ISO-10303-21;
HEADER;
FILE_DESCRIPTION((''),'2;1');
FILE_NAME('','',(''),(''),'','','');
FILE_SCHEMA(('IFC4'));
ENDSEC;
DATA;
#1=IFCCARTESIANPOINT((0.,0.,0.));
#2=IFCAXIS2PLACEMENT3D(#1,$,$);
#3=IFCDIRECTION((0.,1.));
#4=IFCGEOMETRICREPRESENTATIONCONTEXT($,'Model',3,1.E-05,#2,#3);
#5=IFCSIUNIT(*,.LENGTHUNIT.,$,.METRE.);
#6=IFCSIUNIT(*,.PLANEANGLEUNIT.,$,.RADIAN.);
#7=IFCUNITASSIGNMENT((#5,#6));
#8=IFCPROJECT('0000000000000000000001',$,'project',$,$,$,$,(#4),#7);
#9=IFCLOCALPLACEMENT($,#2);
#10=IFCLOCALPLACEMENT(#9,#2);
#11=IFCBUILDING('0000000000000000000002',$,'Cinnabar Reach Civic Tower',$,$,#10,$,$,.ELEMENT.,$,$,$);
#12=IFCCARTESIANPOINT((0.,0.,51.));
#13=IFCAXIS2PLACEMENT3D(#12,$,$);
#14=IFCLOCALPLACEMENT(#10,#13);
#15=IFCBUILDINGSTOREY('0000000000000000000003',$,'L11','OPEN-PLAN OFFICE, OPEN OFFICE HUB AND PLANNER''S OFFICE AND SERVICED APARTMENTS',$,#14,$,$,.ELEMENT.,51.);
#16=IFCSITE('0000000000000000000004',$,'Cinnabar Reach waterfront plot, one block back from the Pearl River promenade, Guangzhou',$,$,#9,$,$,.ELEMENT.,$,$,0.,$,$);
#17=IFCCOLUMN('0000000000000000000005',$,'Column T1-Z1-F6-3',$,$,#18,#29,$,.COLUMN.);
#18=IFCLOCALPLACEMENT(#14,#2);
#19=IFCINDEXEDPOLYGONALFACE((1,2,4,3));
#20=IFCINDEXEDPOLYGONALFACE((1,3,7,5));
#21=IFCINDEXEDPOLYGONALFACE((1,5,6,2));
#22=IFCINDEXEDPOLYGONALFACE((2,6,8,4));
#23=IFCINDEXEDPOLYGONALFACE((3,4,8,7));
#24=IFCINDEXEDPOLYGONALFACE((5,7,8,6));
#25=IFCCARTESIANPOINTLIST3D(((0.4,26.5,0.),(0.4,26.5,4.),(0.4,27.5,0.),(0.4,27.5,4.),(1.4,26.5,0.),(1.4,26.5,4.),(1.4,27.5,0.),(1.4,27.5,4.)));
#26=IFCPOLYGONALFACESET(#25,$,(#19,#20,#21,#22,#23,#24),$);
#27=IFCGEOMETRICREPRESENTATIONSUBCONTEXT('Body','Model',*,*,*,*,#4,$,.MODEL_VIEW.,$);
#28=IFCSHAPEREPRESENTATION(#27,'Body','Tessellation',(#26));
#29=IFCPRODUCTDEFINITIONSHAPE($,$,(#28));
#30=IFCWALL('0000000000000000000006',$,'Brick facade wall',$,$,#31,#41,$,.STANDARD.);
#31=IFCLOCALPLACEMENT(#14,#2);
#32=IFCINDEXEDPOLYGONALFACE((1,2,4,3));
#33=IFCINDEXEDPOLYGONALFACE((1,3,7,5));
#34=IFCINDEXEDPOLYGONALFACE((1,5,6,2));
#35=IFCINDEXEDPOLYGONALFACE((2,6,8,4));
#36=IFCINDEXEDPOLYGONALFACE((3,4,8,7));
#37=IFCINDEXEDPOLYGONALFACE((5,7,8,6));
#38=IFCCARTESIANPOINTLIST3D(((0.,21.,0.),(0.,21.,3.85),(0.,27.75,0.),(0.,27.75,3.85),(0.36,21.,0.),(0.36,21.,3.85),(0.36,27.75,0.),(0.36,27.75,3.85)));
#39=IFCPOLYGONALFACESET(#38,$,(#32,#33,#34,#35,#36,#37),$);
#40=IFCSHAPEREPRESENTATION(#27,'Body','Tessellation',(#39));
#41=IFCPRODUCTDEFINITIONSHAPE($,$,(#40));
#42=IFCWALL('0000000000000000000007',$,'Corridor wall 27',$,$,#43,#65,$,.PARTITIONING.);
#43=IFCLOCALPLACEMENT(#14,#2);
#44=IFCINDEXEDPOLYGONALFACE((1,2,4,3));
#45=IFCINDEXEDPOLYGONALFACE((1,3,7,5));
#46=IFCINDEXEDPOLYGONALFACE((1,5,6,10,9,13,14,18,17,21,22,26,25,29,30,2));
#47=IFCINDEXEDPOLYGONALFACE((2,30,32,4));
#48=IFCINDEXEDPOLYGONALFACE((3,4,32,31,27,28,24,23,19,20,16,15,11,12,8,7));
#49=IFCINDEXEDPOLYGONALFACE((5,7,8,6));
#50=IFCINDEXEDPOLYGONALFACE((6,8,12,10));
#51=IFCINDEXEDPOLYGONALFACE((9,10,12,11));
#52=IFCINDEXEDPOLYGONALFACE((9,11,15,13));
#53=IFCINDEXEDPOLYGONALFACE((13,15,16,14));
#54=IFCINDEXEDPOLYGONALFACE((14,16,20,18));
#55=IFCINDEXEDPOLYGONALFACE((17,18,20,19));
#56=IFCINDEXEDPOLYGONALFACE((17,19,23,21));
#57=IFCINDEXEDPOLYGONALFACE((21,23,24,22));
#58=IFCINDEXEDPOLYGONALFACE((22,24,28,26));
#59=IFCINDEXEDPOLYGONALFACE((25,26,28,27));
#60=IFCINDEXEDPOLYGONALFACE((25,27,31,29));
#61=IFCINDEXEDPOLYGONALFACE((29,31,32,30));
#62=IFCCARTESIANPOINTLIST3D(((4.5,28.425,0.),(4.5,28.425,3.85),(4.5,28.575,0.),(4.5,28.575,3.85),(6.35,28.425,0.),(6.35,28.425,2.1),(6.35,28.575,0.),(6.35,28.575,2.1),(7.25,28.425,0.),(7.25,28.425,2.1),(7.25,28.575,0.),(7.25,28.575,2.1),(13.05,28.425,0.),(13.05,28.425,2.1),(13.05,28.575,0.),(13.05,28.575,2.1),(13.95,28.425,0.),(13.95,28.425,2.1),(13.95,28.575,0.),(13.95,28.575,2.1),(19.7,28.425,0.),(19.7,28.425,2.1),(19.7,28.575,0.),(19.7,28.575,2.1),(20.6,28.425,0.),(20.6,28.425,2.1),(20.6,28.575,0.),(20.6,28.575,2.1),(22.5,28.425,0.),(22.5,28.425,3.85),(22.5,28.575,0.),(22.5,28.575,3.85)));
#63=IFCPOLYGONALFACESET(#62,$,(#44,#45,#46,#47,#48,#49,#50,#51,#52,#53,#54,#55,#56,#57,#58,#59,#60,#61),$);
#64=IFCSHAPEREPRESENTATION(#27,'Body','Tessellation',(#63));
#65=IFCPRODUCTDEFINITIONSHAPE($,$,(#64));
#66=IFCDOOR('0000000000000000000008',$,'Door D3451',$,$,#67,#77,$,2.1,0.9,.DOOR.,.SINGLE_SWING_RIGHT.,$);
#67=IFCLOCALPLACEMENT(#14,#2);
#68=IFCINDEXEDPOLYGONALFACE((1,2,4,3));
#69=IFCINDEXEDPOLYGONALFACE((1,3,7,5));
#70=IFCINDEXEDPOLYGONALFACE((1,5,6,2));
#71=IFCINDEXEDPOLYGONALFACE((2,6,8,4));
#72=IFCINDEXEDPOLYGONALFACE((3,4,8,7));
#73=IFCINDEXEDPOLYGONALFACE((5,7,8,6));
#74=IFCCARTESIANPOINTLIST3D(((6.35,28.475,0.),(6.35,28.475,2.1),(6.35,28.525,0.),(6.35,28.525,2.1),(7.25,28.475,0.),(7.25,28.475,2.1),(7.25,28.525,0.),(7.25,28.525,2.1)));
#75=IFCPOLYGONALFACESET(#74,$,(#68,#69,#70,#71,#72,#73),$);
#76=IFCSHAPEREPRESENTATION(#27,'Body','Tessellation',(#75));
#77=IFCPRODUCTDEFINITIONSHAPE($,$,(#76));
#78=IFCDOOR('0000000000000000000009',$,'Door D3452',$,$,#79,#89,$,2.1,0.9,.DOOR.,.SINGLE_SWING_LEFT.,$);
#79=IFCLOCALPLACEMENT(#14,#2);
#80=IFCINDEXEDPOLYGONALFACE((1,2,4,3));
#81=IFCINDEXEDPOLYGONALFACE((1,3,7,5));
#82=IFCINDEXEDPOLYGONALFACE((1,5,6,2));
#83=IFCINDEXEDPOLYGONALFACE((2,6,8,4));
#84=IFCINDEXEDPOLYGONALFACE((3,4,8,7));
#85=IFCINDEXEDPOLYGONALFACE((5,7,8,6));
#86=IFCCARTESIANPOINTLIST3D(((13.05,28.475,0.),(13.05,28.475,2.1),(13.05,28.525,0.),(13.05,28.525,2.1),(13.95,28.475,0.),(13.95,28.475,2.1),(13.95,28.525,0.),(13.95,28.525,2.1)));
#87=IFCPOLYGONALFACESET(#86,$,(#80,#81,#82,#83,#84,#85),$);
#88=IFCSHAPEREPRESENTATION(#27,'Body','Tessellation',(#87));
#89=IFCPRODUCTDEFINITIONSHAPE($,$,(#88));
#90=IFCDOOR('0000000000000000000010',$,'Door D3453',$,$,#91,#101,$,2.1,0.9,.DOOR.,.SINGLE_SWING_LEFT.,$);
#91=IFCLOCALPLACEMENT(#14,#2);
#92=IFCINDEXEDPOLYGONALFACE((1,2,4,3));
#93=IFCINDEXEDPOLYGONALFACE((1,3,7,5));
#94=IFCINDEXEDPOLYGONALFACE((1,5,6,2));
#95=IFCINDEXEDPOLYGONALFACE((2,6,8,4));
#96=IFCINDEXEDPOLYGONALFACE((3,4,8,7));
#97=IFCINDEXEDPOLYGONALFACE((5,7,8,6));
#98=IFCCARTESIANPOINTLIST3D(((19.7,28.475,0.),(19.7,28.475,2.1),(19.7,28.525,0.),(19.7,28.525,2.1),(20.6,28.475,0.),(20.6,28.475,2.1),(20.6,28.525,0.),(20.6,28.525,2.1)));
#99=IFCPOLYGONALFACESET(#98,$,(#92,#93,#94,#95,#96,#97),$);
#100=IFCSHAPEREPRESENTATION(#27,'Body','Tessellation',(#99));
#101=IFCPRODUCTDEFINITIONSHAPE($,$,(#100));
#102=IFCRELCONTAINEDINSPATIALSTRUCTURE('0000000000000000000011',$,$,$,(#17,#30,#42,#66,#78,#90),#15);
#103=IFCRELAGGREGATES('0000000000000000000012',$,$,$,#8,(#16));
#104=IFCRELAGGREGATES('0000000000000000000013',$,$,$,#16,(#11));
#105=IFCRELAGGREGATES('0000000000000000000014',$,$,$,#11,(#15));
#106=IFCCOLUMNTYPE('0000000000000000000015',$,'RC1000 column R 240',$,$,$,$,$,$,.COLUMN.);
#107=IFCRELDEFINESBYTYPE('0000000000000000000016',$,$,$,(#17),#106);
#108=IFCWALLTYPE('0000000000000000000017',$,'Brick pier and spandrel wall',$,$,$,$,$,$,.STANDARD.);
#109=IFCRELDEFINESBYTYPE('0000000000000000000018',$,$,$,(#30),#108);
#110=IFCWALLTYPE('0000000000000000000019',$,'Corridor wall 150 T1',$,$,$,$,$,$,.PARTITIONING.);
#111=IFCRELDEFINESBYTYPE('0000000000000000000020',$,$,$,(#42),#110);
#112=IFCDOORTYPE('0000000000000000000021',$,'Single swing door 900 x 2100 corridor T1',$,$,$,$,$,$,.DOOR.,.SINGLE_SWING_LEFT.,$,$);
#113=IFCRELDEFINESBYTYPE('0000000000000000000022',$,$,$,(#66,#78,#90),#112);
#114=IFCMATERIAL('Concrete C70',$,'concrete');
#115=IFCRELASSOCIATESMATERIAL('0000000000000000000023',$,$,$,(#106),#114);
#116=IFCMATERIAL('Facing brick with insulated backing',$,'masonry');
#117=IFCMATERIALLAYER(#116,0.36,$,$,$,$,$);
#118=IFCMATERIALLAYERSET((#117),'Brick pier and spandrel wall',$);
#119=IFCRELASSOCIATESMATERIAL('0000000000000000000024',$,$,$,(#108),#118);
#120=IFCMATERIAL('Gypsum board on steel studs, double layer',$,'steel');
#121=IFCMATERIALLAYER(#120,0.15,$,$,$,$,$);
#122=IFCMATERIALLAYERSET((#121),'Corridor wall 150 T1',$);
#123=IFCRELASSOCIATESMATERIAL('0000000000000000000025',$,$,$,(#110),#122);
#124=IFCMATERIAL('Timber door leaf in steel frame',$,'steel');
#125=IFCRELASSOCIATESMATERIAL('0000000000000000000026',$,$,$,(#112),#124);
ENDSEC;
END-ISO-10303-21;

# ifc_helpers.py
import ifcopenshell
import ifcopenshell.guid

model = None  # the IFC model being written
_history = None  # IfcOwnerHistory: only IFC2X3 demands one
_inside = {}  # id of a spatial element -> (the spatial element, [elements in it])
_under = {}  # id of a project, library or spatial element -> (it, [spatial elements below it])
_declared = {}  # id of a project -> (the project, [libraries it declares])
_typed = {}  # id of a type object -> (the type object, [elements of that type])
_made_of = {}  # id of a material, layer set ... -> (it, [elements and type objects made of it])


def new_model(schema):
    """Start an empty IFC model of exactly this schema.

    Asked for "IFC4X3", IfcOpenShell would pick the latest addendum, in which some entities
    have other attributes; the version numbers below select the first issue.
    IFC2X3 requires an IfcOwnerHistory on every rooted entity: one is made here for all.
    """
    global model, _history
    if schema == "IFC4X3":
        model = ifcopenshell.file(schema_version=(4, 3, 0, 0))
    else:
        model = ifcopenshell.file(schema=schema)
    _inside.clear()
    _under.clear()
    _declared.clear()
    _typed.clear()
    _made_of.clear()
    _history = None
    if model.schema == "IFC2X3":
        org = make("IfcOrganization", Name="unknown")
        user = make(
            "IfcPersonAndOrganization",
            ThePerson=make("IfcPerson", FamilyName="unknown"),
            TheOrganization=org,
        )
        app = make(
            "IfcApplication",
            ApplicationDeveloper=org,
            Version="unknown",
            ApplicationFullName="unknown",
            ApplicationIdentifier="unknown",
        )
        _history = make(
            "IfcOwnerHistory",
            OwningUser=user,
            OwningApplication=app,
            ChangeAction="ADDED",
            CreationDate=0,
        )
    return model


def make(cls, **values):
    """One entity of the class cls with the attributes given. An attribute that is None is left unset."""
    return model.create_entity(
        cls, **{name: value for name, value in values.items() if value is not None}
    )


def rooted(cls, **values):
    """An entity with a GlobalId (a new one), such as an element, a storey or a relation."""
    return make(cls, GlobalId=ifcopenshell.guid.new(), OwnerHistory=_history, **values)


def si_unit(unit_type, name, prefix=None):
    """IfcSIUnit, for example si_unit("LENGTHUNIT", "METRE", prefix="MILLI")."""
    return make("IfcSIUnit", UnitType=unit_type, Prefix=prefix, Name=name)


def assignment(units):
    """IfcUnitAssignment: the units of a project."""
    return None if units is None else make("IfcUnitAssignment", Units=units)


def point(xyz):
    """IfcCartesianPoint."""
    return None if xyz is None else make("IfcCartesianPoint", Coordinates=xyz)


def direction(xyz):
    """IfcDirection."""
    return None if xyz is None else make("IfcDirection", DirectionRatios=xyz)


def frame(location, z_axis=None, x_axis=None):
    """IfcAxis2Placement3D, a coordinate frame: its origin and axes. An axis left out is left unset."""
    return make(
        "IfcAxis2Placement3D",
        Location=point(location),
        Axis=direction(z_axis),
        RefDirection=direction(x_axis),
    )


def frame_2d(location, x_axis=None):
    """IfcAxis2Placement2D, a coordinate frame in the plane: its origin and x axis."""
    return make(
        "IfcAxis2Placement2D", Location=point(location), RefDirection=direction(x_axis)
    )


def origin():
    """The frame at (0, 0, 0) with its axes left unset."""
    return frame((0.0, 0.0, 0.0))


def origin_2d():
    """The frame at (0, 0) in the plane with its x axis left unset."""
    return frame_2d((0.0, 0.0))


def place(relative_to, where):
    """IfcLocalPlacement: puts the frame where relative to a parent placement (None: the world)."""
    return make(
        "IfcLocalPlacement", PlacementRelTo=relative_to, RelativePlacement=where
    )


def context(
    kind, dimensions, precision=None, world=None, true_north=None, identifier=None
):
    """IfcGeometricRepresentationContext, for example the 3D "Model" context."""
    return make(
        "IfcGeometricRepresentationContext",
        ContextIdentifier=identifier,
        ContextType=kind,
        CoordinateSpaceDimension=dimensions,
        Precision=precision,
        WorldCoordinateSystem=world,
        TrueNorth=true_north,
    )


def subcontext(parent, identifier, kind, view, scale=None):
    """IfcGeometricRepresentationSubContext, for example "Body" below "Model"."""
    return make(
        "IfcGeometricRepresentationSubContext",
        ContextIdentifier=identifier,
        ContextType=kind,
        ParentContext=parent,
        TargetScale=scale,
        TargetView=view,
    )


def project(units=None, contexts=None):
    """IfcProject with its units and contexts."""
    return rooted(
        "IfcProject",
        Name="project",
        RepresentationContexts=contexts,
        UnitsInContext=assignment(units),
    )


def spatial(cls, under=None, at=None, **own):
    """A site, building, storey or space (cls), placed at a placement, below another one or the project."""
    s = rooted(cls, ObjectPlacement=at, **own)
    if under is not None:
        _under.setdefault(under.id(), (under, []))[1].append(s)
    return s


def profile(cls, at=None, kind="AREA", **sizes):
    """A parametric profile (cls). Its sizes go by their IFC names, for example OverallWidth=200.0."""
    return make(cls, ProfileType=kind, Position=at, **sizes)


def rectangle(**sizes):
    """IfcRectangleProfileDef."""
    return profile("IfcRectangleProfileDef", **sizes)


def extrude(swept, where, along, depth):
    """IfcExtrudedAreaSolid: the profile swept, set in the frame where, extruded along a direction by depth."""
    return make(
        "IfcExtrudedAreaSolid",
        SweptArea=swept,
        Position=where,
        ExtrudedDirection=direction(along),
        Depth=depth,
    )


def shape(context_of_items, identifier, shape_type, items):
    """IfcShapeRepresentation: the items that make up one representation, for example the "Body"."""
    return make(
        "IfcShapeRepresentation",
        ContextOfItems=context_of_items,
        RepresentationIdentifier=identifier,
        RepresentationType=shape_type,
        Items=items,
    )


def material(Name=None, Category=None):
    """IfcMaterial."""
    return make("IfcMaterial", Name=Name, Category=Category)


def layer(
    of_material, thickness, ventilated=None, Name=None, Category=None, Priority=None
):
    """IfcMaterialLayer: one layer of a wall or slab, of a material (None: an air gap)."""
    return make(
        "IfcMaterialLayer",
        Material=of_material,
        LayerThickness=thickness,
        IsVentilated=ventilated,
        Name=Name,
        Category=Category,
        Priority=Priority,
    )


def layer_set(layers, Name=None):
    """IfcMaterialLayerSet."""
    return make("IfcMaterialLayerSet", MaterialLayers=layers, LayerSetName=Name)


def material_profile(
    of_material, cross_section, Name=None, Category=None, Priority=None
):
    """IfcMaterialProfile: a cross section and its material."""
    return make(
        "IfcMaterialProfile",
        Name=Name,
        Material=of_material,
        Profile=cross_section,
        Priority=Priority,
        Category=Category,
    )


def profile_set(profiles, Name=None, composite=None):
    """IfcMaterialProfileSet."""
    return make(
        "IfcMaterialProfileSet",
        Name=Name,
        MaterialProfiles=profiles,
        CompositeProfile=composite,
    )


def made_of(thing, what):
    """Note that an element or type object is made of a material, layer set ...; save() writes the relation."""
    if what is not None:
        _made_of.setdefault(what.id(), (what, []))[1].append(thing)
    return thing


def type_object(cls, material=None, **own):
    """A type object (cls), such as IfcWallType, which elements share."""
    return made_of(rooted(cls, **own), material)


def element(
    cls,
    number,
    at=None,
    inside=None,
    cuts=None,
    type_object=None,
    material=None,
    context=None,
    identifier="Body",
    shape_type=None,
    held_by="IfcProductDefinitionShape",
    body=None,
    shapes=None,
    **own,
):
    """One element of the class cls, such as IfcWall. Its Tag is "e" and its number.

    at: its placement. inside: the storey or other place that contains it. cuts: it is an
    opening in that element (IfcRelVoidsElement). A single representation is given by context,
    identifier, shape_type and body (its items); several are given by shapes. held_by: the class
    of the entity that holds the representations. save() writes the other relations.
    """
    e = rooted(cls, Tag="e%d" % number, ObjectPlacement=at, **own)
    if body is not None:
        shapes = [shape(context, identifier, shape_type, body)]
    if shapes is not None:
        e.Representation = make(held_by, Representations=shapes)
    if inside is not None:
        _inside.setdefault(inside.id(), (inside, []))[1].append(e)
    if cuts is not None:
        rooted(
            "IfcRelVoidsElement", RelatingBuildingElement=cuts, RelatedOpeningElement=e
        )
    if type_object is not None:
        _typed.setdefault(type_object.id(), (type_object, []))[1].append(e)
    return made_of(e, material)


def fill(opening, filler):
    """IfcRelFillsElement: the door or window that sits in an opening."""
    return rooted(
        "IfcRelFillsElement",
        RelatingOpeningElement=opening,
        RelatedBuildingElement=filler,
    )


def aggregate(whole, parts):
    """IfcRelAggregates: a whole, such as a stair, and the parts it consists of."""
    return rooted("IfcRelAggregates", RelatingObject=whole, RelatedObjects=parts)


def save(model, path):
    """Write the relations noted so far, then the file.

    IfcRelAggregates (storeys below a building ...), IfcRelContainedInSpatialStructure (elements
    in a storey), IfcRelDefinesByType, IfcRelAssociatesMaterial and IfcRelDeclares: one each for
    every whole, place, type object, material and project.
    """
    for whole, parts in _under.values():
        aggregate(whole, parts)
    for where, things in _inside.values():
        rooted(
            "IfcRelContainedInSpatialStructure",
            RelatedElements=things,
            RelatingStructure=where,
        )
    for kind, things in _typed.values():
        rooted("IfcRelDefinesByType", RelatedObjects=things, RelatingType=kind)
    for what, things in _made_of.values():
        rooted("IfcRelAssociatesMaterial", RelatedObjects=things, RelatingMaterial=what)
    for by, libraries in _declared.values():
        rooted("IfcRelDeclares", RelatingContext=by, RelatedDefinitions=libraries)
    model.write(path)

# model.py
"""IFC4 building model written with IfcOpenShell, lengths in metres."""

from ifc_helpers import new_model, si_unit, direction, frame, frame_2d, origin, origin_2d, place, context, subcontext, project, spatial, rectangle, extrude, material, layer, layer_set, material_profile, profile_set, type_object, element, fill, save


model = new_model("IFC4")

# Units and contexts
model_context = context("Model", 3, precision=1e-05, world=origin(), true_north=direction((0.0, 1.0)))
body_context = subcontext(model_context, "Body", "Model", "MODEL_VIEW")
ifc_project = project(units=[si_unit("LENGTHUNIT", "METRE"), si_unit("PLANEANGLEUNIT", "RADIAN")], contexts=[model_context])

# Site, building, storey
site_placement = place(None, origin())
site = spatial("IfcSite", under=ifc_project, at=site_placement, Name="Cinnabar Reach waterfront plot, one block back from the Pearl River promenade, Guangzhou", CompositionType="ELEMENT", RefElevation=0.0)
building_placement = place(site_placement, origin())
building = spatial("IfcBuilding", under=site, at=building_placement, Name="Cinnabar Reach Civic Tower", CompositionType="ELEMENT")
storey_placement = place(building_placement, frame((0.0, 0.0, 51.0)))
storey = spatial("IfcBuildingStorey", under=building, at=storey_placement, Name="L11", Description="OPEN-PLAN OFFICE, OPEN OFFICE HUB AND PLANNER'S OFFICE AND SERVICED APARTMENTS", CompositionType="ELEMENT", Elevation=51.0)

# Column
ifc_material_1 = material(Name="Concrete C70", Category="concrete")
ifc_material_profile = material_profile(ifc_material_1, rectangle(XDim=1.0, YDim=1.0, at=origin_2d()), Name="RC1000")
ifc_profile_set = profile_set([ifc_material_profile], Name="Concrete C70")
column_type = type_object("IfcColumnType", Name="RC1000 column R 240", PredefinedType="COLUMN", material=ifc_profile_set)
column_placement = place(storey_placement, frame((0.9, 27.0, 0.0), z_axis=(0.0, 0.0, 1.0), x_axis=(1.0, 0.0, 0.0)))
element("IfcColumn", 1, at=column_placement, inside=storey, type_object=column_type, Name="Column T1-Z1-F6-3", PredefinedType="COLUMN", context=body_context, shape_type="SweptSolid", body=[
    extrude(rectangle(XDim=1.0, YDim=1.0, at=origin_2d()), origin(), (0.0, 0.0, 1.0), 4.0),
])

# Wall
ifc_material_2 = material(Name="Facing brick with insulated backing", Category="masonry")
ifc_layer_1 = layer(ifc_material_2, 0.36)
ifc_layer_set_1 = layer_set([ifc_layer_1], Name="Brick pier and spandrel wall")
wall_type_1 = type_object("IfcWallType", Name="Brick pier and spandrel wall", PredefinedType="STANDARD", material=ifc_layer_set_1)
wall_1_placement = place(storey_placement, frame((0.18, 27.75, 0.0), z_axis=(0.0, 0.0, 1.0), x_axis=(0.0, -1.0, 0.0)))
element("IfcWall", 2, at=wall_1_placement, inside=storey, type_object=wall_type_1, Name="Brick facade wall", PredefinedType="STANDARD", context=body_context, shape_type="SweptSolid", body=[
    extrude(rectangle(XDim=6.75, YDim=0.36, at=frame_2d((3.375, 0.0))), origin(), (0.0, 0.0, 1.0), 3.85),
])

# Wall, openings, doors
ifc_material_3 = material(Name="Gypsum board on steel studs, double layer", Category="steel")
ifc_layer_2 = layer(ifc_material_3, 0.15)
ifc_layer_set_2 = layer_set([ifc_layer_2], Name="Corridor wall 150 T1")
wall_type_2 = type_object("IfcWallType", Name="Corridor wall 150 T1", PredefinedType="PARTITIONING", material=ifc_layer_set_2)
wall_2_placement = place(storey_placement, frame((4.5, 28.5, 0.0), z_axis=(0.0, 0.0, 1.0), x_axis=(1.0, 0.0, 0.0)))
wall_2 = element("IfcWall", 3, at=wall_2_placement, inside=storey, type_object=wall_type_2, Name="Corridor wall 27", PredefinedType="PARTITIONING", context=body_context, shape_type="SweptSolid", body=[
    extrude(rectangle(XDim=18.0, YDim=0.15, at=frame_2d((9.0, 0.0))), origin(), (0.0, 0.0, 1.0), 3.85),
])
opening_1_placement = place(wall_2_placement, frame((1.85, 0.0, 0.0)))
opening_1 = element("IfcOpeningElement", 4, at=opening_1_placement, cuts=wall_2, PredefinedType="OPENING", context=body_context, shape_type="SweptSolid", body=[
    extrude(rectangle(XDim=0.9, YDim=2.1, at=frame_2d((0.45, 1.05))), frame((0.0, 0.085, 0.0), z_axis=(0.0, -1.0, 0.0), x_axis=(1.0, 0.0, 0.0)), (0.0, 0.0, 1.0), 0.17),
])
opening_2_placement = place(wall_2_placement, frame((8.55, 0.0, 0.0)))
opening_2 = element("IfcOpeningElement", 5, at=opening_2_placement, cuts=wall_2, PredefinedType="OPENING", context=body_context, shape_type="SweptSolid", body=[
    extrude(rectangle(XDim=0.9, YDim=2.1, at=frame_2d((0.45, 1.05))), frame((0.0, 0.085, 0.0), z_axis=(0.0, -1.0, 0.0), x_axis=(1.0, 0.0, 0.0)), (0.0, 0.0, 1.0), 0.17),
])
opening_3_placement = place(wall_2_placement, frame((15.2, 0.0, 0.0)))
opening_3 = element("IfcOpeningElement", 6, at=opening_3_placement, cuts=wall_2, PredefinedType="OPENING", context=body_context, shape_type="SweptSolid", body=[
    extrude(rectangle(XDim=0.9, YDim=2.1, at=frame_2d((0.45, 1.05))), frame((0.0, 0.085, 0.0), z_axis=(0.0, -1.0, 0.0), x_axis=(1.0, 0.0, 0.0)), (0.0, 0.0, 1.0), 0.17),
])
ifc_material_4 = material(Name="Timber door leaf in steel frame", Category="steel")
door_type_1 = type_object("IfcDoorType", Name="Single swing door 900 x 2100 corridor T1", OperationType="SINGLE_SWING_LEFT", PredefinedType="DOOR", material=ifc_material_4)
door_1_placement = place(opening_1_placement, origin())
door_1 = element("IfcDoor", 7, at=door_1_placement, inside=storey, type_object=door_type_1, Name="Door D3451", OperationType="SINGLE_SWING_RIGHT", OverallHeight=2.1, OverallWidth=0.9, PredefinedType="DOOR", context=body_context, shape_type="SweptSolid", body=[
    extrude(rectangle(XDim=0.9, YDim=2.1, at=frame_2d((0.45, 1.05))), frame((0.0, 0.025, 0.0), z_axis=(0.0, -1.0, 0.0), x_axis=(1.0, 0.0, 0.0)), (0.0, 0.0, 1.0), 0.05),
])
fill(opening_1, door_1)
door_2_placement = place(opening_2_placement, origin())
door_2 = element("IfcDoor", 8, at=door_2_placement, inside=storey, type_object=door_type_1, Name="Door D3452", OperationType="SINGLE_SWING_LEFT", OverallHeight=2.1, OverallWidth=0.9, PredefinedType="DOOR", context=body_context, shape_type="SweptSolid", body=[
    extrude(rectangle(XDim=0.9, YDim=2.1, at=frame_2d((0.45, 1.05))), frame((0.0, 0.025, 0.0), z_axis=(0.0, -1.0, 0.0), x_axis=(1.0, 0.0, 0.0)), (0.0, 0.0, 1.0), 0.05),
])
fill(opening_2, door_2)
door_3_placement = place(opening_3_placement, origin())
door_3 = element("IfcDoor", 9, at=door_3_placement, inside=storey, type_object=door_type_1, Name="Door D3453", OperationType="SINGLE_SWING_LEFT", OverallHeight=2.1, OverallWidth=0.9, PredefinedType="DOOR", context=body_context, shape_type="SweptSolid", body=[
    extrude(rectangle(XDim=0.9, YDim=2.1, at=frame_2d((0.45, 1.05))), frame((0.0, 0.025, 0.0), z_axis=(0.0, -1.0, 0.0), x_axis=(1.0, 0.0, 0.0)), (0.0, 0.0, 1.0), 0.05),
])
fill(opening_3, door_3)

save(model, "model.ifc")
